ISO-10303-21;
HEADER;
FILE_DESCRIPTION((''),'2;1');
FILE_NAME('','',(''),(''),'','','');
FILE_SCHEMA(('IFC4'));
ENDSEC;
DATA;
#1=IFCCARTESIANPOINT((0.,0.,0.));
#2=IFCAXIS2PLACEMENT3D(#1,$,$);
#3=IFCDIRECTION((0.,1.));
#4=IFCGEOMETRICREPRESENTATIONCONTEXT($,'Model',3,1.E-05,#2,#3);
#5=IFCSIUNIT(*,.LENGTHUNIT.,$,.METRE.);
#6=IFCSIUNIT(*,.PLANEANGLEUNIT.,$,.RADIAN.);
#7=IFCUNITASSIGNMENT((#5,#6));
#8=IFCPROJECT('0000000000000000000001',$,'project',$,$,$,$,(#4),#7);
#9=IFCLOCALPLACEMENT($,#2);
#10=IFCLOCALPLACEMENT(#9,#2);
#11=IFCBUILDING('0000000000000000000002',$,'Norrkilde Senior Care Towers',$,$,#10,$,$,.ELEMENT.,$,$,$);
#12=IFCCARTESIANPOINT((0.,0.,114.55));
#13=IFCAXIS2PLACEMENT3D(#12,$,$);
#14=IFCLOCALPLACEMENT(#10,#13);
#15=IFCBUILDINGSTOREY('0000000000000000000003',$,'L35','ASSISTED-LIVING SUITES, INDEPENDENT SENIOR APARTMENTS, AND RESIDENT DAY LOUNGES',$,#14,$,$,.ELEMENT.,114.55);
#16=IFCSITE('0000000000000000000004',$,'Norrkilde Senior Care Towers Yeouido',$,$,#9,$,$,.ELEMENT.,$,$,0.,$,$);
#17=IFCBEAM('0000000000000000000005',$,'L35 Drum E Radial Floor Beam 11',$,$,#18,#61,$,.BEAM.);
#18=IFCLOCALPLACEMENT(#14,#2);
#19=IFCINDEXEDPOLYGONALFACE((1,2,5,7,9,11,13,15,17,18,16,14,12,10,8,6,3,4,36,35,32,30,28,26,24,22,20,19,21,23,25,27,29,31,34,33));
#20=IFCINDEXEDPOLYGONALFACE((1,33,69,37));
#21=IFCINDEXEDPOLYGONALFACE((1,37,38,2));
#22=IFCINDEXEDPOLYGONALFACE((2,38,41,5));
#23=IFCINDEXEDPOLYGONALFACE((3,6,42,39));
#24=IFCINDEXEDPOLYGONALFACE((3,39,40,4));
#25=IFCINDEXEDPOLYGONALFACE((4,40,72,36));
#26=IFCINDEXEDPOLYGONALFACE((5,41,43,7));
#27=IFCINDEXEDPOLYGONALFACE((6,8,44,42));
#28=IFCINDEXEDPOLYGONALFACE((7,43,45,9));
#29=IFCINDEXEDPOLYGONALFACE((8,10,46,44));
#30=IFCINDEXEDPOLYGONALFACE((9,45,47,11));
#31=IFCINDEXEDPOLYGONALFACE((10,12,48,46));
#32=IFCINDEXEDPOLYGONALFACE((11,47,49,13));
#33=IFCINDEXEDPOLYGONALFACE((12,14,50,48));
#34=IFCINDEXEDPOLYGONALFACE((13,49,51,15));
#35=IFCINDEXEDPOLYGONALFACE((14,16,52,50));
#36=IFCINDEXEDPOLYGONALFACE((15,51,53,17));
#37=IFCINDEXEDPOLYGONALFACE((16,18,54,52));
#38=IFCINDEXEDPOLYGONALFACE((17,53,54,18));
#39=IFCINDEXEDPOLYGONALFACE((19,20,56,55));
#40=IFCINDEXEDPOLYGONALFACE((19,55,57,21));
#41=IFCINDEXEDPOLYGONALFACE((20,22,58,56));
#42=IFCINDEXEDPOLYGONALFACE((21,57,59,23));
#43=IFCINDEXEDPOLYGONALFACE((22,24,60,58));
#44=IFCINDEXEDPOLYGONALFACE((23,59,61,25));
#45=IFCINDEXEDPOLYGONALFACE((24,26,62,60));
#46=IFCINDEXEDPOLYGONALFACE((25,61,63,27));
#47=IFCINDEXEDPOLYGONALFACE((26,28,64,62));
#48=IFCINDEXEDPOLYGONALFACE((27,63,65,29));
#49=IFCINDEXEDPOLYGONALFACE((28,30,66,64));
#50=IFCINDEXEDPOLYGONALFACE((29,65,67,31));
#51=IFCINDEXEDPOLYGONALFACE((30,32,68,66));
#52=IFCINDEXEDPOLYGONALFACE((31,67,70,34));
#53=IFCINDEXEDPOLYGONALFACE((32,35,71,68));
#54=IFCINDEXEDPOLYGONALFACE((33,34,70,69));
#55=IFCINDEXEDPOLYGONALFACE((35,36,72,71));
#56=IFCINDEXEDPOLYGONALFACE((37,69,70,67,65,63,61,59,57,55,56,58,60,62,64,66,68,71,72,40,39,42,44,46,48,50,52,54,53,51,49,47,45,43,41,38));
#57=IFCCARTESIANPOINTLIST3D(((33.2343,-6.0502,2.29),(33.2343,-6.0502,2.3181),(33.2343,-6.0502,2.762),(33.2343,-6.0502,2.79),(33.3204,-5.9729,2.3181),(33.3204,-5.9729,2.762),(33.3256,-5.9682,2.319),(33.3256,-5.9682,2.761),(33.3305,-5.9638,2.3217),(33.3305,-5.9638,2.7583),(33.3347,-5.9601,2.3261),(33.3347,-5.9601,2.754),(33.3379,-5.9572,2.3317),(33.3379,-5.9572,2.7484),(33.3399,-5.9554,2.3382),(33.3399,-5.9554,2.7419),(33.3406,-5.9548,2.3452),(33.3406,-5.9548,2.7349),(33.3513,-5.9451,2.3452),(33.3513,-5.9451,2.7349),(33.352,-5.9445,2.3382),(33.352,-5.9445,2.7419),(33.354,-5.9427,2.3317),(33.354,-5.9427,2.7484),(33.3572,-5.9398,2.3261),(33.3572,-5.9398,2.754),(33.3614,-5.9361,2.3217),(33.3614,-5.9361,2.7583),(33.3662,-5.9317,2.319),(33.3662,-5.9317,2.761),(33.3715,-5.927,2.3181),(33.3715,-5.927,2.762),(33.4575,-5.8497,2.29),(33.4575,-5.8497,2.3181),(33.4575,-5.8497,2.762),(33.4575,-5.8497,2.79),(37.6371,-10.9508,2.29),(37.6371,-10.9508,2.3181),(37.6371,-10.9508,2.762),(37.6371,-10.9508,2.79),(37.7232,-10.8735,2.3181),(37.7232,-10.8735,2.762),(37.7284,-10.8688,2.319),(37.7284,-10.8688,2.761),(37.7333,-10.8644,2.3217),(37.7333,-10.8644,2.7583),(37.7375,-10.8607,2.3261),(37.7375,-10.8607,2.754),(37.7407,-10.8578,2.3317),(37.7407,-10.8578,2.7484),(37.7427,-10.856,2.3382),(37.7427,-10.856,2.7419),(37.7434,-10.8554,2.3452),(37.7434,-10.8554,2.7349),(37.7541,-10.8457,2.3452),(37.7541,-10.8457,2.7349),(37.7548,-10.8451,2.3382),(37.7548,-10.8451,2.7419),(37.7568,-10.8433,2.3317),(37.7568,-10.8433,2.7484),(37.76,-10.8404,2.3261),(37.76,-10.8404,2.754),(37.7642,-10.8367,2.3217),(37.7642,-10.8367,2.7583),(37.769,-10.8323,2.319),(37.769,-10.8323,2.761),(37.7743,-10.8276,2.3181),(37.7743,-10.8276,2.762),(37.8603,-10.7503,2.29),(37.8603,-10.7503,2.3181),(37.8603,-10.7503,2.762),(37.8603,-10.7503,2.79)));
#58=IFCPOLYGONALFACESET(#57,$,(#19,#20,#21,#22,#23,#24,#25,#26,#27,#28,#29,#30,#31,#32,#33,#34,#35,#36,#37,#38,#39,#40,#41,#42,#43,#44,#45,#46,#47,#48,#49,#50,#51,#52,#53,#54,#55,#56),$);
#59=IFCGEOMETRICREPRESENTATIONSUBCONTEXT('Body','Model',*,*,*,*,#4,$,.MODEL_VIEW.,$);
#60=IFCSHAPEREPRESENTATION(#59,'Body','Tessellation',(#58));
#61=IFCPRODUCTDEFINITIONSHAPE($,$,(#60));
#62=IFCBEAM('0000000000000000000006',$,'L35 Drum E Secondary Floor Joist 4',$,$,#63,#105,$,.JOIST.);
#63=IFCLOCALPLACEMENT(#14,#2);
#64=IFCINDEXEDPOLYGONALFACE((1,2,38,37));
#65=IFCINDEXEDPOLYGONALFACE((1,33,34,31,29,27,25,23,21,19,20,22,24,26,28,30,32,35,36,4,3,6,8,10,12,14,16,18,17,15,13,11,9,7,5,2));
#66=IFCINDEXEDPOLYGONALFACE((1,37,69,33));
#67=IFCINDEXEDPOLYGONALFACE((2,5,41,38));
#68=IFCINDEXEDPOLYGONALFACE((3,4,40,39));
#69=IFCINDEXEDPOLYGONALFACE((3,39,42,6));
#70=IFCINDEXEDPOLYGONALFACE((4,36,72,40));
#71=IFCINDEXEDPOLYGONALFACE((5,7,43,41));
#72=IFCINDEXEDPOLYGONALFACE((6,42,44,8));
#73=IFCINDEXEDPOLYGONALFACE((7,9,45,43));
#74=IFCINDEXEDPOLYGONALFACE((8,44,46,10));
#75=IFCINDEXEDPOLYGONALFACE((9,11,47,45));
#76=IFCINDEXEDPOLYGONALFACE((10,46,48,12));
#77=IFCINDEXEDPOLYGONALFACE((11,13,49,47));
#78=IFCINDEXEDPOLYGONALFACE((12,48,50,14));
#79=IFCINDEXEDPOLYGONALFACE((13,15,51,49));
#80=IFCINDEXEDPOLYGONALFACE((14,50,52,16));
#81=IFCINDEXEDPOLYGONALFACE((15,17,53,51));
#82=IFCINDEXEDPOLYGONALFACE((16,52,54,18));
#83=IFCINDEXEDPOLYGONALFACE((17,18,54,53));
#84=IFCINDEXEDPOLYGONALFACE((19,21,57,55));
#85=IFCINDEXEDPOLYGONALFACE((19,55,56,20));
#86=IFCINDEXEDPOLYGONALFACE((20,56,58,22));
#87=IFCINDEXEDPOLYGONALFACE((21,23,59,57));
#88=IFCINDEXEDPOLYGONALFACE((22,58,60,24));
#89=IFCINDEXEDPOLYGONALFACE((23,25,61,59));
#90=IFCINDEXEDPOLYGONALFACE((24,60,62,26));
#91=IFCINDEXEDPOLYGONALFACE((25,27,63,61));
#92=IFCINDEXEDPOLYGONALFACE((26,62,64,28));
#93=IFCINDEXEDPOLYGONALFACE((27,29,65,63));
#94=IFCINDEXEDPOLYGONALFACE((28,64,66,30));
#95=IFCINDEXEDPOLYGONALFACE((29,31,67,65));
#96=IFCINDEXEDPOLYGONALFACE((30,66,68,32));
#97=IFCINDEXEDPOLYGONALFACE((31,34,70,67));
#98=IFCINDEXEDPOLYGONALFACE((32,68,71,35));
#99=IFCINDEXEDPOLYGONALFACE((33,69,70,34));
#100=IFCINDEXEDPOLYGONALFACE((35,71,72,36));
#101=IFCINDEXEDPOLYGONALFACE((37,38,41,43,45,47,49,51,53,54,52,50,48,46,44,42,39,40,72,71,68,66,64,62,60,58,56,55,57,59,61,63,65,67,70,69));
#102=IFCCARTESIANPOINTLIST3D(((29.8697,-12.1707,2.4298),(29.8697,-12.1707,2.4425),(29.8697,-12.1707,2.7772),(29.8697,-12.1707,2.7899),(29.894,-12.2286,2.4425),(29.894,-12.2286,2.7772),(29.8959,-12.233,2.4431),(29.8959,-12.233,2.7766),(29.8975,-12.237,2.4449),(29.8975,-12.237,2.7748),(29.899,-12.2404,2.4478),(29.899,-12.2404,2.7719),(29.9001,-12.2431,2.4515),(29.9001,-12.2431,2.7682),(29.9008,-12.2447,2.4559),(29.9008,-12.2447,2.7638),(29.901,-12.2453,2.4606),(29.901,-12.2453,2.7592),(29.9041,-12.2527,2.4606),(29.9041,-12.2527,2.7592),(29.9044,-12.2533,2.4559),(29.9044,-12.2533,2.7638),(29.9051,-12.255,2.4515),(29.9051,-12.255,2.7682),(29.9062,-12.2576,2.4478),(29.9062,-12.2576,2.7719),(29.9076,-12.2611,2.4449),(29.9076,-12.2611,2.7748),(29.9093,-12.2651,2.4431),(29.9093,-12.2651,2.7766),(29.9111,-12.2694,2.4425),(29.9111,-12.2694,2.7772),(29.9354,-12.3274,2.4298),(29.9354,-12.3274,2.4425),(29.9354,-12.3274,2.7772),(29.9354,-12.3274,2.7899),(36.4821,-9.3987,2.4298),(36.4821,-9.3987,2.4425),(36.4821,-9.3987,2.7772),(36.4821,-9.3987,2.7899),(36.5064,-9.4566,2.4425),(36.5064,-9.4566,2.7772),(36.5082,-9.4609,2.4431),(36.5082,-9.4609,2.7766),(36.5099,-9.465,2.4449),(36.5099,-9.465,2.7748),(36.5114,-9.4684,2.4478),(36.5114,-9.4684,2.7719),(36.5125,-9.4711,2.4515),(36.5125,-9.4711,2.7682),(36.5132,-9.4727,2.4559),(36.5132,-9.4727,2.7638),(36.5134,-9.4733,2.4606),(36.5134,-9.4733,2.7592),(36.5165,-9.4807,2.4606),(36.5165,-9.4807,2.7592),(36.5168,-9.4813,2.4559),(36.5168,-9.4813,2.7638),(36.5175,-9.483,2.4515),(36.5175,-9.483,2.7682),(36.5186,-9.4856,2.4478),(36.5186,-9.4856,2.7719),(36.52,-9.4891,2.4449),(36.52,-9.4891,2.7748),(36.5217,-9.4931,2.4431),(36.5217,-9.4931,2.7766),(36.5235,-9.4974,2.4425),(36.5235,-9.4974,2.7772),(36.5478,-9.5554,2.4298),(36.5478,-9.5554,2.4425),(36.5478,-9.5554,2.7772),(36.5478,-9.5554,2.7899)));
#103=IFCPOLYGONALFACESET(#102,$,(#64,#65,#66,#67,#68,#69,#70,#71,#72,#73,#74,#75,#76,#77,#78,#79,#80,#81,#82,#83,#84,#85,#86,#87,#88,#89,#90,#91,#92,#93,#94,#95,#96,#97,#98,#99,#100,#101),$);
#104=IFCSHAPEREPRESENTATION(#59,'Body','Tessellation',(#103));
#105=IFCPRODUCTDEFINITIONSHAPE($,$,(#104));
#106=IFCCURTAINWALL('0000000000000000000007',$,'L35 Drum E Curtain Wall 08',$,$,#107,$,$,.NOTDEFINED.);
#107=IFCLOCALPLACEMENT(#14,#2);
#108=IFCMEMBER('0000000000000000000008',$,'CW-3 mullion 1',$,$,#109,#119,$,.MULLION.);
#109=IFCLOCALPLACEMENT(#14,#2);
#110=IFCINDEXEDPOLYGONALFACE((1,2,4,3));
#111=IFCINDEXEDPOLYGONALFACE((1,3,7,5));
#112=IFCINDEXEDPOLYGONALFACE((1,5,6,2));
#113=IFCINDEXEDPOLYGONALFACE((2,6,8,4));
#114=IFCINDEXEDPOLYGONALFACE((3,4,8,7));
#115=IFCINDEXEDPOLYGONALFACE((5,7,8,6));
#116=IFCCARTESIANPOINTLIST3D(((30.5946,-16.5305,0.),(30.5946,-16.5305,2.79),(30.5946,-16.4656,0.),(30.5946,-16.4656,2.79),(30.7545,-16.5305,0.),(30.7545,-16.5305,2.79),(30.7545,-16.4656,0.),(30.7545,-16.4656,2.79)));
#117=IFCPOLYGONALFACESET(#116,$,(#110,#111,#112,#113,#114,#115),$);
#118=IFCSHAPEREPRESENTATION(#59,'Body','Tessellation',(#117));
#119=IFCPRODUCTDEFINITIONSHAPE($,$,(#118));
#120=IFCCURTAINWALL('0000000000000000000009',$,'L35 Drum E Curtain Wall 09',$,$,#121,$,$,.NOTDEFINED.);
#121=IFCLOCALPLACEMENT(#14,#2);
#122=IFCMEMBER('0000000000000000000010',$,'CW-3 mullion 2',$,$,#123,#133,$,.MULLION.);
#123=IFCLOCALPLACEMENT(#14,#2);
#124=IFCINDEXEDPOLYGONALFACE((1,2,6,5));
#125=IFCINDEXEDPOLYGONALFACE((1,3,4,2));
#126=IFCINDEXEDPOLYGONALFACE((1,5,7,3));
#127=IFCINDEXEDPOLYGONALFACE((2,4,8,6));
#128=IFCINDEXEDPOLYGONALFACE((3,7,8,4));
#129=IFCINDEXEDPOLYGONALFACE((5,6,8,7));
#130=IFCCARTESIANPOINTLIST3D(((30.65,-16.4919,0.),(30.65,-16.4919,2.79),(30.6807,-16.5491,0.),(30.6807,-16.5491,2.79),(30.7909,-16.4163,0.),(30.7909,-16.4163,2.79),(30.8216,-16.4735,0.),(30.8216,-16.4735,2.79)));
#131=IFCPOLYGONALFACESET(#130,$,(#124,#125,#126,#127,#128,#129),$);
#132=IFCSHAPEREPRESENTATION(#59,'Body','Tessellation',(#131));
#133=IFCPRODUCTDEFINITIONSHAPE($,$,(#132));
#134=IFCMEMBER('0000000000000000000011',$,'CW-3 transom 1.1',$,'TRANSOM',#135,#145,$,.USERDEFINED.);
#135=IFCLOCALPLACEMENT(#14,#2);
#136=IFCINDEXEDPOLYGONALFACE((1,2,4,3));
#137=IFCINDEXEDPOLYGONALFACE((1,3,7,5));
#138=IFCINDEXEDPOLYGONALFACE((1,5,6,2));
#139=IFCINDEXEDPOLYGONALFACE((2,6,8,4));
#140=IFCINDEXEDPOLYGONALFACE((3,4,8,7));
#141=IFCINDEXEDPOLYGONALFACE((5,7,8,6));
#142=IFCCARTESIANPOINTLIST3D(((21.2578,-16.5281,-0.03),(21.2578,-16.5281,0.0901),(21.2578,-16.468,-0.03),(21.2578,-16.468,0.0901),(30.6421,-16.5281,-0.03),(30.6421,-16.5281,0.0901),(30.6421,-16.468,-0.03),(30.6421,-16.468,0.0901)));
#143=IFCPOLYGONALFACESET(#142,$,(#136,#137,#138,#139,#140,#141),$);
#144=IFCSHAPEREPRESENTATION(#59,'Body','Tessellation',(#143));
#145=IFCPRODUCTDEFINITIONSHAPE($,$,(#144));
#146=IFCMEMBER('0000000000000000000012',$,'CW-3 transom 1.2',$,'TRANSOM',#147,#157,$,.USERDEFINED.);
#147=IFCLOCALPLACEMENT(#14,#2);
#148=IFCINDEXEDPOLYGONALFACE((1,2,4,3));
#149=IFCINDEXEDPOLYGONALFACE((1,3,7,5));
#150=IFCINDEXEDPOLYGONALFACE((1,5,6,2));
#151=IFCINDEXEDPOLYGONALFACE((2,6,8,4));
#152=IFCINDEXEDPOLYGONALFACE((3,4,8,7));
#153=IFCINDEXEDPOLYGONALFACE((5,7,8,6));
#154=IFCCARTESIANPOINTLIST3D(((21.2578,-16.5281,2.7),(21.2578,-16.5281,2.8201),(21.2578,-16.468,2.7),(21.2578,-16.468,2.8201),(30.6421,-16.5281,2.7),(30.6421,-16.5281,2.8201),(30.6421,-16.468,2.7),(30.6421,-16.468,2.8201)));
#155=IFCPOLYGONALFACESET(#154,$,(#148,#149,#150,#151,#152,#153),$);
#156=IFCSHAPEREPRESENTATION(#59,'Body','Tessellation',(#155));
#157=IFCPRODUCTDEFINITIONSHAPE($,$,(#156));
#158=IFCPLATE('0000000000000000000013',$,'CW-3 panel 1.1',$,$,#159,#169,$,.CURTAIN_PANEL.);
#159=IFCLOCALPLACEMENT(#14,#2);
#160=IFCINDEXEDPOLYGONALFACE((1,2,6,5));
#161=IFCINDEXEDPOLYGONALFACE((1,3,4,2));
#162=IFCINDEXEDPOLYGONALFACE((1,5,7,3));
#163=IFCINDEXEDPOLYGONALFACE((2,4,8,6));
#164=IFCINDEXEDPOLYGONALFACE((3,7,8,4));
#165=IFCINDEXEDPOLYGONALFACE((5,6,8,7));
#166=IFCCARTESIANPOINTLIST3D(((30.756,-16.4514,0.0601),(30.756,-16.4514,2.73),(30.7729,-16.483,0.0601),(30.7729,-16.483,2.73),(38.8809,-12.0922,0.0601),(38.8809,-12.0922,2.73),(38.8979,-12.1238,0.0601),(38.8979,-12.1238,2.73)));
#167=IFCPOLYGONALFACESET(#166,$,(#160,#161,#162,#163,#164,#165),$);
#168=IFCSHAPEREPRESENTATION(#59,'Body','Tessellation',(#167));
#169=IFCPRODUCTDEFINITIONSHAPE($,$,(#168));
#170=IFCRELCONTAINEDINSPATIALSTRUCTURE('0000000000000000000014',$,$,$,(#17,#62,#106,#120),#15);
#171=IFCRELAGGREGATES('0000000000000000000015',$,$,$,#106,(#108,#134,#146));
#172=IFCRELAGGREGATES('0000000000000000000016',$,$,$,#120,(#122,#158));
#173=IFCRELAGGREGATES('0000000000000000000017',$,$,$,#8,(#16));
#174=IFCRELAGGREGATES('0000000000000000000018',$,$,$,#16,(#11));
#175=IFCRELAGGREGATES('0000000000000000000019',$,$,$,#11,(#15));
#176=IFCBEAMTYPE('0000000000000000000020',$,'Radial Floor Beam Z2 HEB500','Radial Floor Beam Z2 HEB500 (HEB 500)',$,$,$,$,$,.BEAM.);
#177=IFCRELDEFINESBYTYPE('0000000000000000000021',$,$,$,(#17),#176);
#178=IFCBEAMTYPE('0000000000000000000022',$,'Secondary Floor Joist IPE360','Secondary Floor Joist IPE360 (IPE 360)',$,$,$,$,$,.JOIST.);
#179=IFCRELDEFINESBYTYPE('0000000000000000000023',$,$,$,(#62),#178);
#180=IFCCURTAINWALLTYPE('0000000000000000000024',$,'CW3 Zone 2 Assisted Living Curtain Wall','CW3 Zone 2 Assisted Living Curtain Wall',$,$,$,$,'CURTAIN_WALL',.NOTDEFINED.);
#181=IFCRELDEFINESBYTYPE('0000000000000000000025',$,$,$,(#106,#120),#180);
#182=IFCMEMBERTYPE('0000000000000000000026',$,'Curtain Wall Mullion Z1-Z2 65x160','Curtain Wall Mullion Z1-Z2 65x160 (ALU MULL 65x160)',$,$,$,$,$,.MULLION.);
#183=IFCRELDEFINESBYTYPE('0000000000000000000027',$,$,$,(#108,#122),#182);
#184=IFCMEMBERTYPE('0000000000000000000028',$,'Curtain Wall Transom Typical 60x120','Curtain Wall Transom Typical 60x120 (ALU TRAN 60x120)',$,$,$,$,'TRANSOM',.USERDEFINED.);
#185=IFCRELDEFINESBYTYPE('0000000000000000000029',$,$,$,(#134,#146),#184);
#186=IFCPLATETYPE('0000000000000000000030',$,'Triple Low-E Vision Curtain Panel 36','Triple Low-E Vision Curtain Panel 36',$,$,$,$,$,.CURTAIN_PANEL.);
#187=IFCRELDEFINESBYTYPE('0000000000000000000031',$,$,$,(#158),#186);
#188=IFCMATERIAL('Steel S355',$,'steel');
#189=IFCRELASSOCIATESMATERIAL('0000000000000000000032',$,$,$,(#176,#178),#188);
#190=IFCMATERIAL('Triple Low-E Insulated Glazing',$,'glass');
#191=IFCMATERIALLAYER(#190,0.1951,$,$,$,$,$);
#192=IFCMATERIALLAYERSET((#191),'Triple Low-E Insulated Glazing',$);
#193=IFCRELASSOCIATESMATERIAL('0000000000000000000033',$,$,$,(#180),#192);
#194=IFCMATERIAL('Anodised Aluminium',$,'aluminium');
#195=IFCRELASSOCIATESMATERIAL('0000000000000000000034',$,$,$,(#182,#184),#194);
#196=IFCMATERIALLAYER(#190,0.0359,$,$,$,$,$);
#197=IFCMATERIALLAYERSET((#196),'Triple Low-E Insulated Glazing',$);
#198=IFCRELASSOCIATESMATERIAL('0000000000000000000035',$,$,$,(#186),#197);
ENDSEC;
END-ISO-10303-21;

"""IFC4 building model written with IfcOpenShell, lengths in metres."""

from ifc_helpers import new_model, si_unit, direction, frame, origin, origin_2d, place, context, subcontext, project, spatial, rectangle, i_section, extrude, source, transform, mapped, material, layer, layer_set, material_profile, profile_set, type_object, type_shapes, element, aggregate, save


model = new_model("IFC4")

# Units and contexts
model_context = context("Model", 3, precision=1e-05, world=origin(), true_north=direction((0.0, 1.0)))
body_context = subcontext(model_context, "Body", "Model", "MODEL_VIEW")
ifc_project = project(units=[si_unit("LENGTHUNIT", "METRE"), si_unit("PLANEANGLEUNIT", "RADIAN")], contexts=[model_context])

# Site, building, storey
site_placement = place(None, origin())
site = spatial("IfcSite", under=ifc_project, at=site_placement, Name="Norrkilde Senior Care Towers Yeouido", CompositionType="ELEMENT", RefElevation=0.0)
building_placement = place(site_placement, origin())
building = spatial("IfcBuilding", under=site, at=building_placement, Name="Norrkilde Senior Care Towers", CompositionType="ELEMENT")
storey_placement = place(building_placement, frame((0.0, 0.0, 114.55)))
storey = spatial("IfcBuildingStorey", under=building, at=storey_placement, Name="L35", Description="ASSISTED-LIVING SUITES, INDEPENDENT SENIOR APARTMENTS, AND RESIDENT DAY LOUNGES", CompositionType="ELEMENT", Elevation=114.55)

# Beams
ifc_material_1 = material(Name="Steel S355", Category="steel")
ifc_material_profile_1 = material_profile(ifc_material_1, i_section(OverallWidth=0.3, OverallDepth=0.5, WebThickness=0.0144, FlangeThickness=0.0281, FilletRadius=0.0271, at=origin_2d()), Name="HEB 500")
ifc_profile_set_1 = profile_set([ifc_material_profile_1], Name="Steel S355")
beam_type_1 = type_object("IfcBeamType", Name="Radial Floor Beam Z2 HEB500", Description="Radial Floor Beam Z2 HEB500 (HEB 500)", PredefinedType="BEAM", material=ifc_profile_set_1)
shared_shape_1 = source(origin(), body_context, "Body", "SweptSolid", [
    extrude(i_section(OverallWidth=0.3, OverallDepth=0.5, WebThickness=0.0144, FlangeThickness=0.0281, FilletRadius=0.0271, at=origin_2d()), origin(), (0.0, 0.0, 1.0), 6.5879),
])
beam_1_placement = place(storey_placement, frame((33.3459, -5.95, 2.54), z_axis=(0.668315, -0.743878, 0.0), x_axis=(0.743878, 0.668315, 0.0)))
element("IfcBeam", 1, at=beam_1_placement, inside=storey, type_object=beam_type_1, Name="L35 Drum E Radial Floor Beam 11", PredefinedType="BEAM", context=body_context, shape_type="MappedRepresentation", body=[
    mapped(shared_shape_1, transform((0.0, 0.0, 0.0), x_axis=(1.0, 0.0, 0.0), y_axis=(0.0, 1.0, 0.0), z_axis=(0.0, 0.0, 1.0), scale=1.0)),
])
ifc_material_profile_2 = material_profile(ifc_material_1, i_section(OverallWidth=0.1699, OverallDepth=0.3601, WebThickness=0.0081, FlangeThickness=0.0127, FilletRadius=0.0181, at=origin_2d()), Name="IPE 360")
ifc_profile_set_2 = profile_set([ifc_material_profile_2], Name="Steel S355")
beam_type_2 = type_object("IfcBeamType", Name="Secondary Floor Joist IPE360", Description="Secondary Floor Joist IPE360 (IPE 360)", PredefinedType="JOIST", material=ifc_profile_set_2)
shared_shape_2 = source(origin(), body_context, "Body", "SweptSolid", [
    extrude(i_section(OverallWidth=0.1699, OverallDepth=0.3601, WebThickness=0.0081, FlangeThickness=0.0127, FilletRadius=0.0181, at=origin_2d()), origin(), (0.0, 0.0, 1.0), 7.1699),
])
type_shapes(beam_type_2, [shared_shape_2])
beam_2_placement = place(storey_placement, frame((29.9026, -12.249, 2.6099), z_axis=(0.922241, 0.386616, 0.0), x_axis=(-0.386616, 0.922241, 0.0)))
element("IfcBeam", 2, at=beam_2_placement, inside=storey, type_object=beam_type_2, Name="L35 Drum E Secondary Floor Joist 4", PredefinedType="JOIST", context=body_context, shape_type="MappedRepresentation", body=[
    mapped(shared_shape_2, transform((0.0, 0.0, 0.0), x_axis=(1.0, 0.0, 0.0), y_axis=(0.0, 1.0, 0.0), z_axis=(0.0, 0.0, 1.0), scale=1.0)),
])

# Curtain walls, members
ifc_material_2 = material(Name="Triple Low-E Insulated Glazing", Category="glass")
ifc_layer_1 = layer(ifc_material_2, 0.1951)
ifc_layer_set_1 = layer_set([ifc_layer_1], Name="Triple Low-E Insulated Glazing")
curtain_wall_type = type_object("IfcCurtainWallType", Name="CW3 Zone 2 Assisted Living Curtain Wall", Description="CW3 Zone 2 Assisted Living Curtain Wall", ElementType="CURTAIN_WALL", PredefinedType="NOTDEFINED", material=ifc_layer_set_1)
curtain_wall_1_placement = place(storey_placement, origin())
curtain_wall_1 = element("IfcCurtainWall", 3, at=curtain_wall_1_placement, inside=storey, type_object=curtain_wall_type, Name="L35 Drum E Curtain Wall 08", PredefinedType="NOTDEFINED")
ifc_material_3 = material(Name="Anodised Aluminium", Category="aluminium")
ifc_material_profile_3 = material_profile(ifc_material_3, rectangle(XDim=0.0649, YDim=0.1599, at=origin_2d()), Name="ALU MULL 65x160")
ifc_profile_set_3 = profile_set([ifc_material_profile_3], Name="Anodised Aluminium")
member_type_1 = type_object("IfcMemberType", Name="Curtain Wall Mullion Z1-Z2 65x160", Description="Curtain Wall Mullion Z1-Z2 65x160 (ALU MULL 65x160)", PredefinedType="MULLION", material=ifc_profile_set_3)
shared_shape_3 = source(origin(), body_context, "Body", "SweptSolid", [
    extrude(rectangle(XDim=0.0649, YDim=0.1599, at=origin_2d()), origin(), (0.0, 0.0, 1.0), 2.79),
])
type_shapes(member_type_1, [shared_shape_3])
member_1_placement = place(storey_placement, frame((30.6746, -16.498, 0.0), z_axis=(0.0, 0.0, 1.0), x_axis=(0.0, -1.0, 0.0)))
member_1 = element("IfcMember", 4, at=member_1_placement, type_object=member_type_1, Name="CW-3 mullion 1", PredefinedType="MULLION", context=body_context, shape_type="MappedRepresentation", body=[
    mapped(shared_shape_3, transform((0.0, 0.0, 0.0), x_axis=(1.0, 0.0, 0.0), y_axis=(0.0, 1.0, 0.0), z_axis=(0.0, 0.0, 1.0), scale=1.0)),
])
curtain_wall_2_placement = place(storey_placement, origin())
curtain_wall_2 = element("IfcCurtainWall", 5, at=curtain_wall_2_placement, inside=storey, type_object=curtain_wall_type, Name="L35 Drum E Curtain Wall 09", PredefinedType="NOTDEFINED")
member_2_placement = place(storey_placement, frame((30.7358, -16.4827, 0.0), z_axis=(0.0, 0.0, 1.0), x_axis=(0.472769, -0.881186, 0.0)))
member_2 = element("IfcMember", 6, at=member_2_placement, type_object=member_type_1, Name="CW-3 mullion 2", PredefinedType="MULLION", context=body_context, shape_type="MappedRepresentation", body=[
    mapped(shared_shape_3, transform((0.0, 0.0, 0.0), x_axis=(1.0, 0.0, 0.0), y_axis=(0.0, 1.0, 0.0), z_axis=(0.0, 0.0, 1.0), scale=1.0)),
])

# Members
ifc_material_profile_4 = material_profile(ifc_material_3, rectangle(XDim=0.0601, YDim=0.1201, at=origin_2d()), Name="ALU TRAN 60x120")
ifc_profile_set_4 = profile_set([ifc_material_profile_4], Name="Anodised Aluminium")
member_type_2 = type_object("IfcMemberType", Name="Curtain Wall Transom Typical 60x120", Description="Curtain Wall Transom Typical 60x120 (ALU TRAN 60x120)", ElementType="TRANSOM", PredefinedType="USERDEFINED", material=ifc_profile_set_4)
shared_shape_4 = source(origin(), body_context, "Body", "SweptSolid", [
    extrude(rectangle(XDim=0.0601, YDim=0.1201, at=origin_2d()), origin(), (0.0, 0.0, 1.0), 9.3843),
])
type_shapes(member_type_2, [shared_shape_4])
member_3_placement = place(storey_placement, frame((30.6421, -16.498, 0.03), z_axis=(-1.0, 0.0, 0.0), x_axis=(0.0, -1.0, 0.0)))
member_3 = element("IfcMember", 7, at=member_3_placement, type_object=member_type_2, Name="CW-3 transom 1.1", ObjectType="TRANSOM", PredefinedType="USERDEFINED", context=body_context, shape_type="MappedRepresentation", body=[
    mapped(shared_shape_4, transform((0.0, 0.0, 0.0), x_axis=(1.0, 0.0, 0.0), y_axis=(0.0, 1.0, 0.0), z_axis=(0.0, 0.0, 1.0), scale=1.0)),
])
member_4_placement = place(storey_placement, frame((30.6421, -16.498, 2.76), z_axis=(-1.0, 0.0, 0.0), x_axis=(0.0, -1.0, 0.0)))
member_4 = element("IfcMember", 8, at=member_4_placement, type_object=member_type_2, Name="CW-3 transom 1.2", ObjectType="TRANSOM", PredefinedType="USERDEFINED", context=body_context, shape_type="MappedRepresentation", body=[
    mapped(shared_shape_4, transform((0.0, 0.0, 0.0), x_axis=(1.0, 0.0, 0.0), y_axis=(0.0, 1.0, 0.0), z_axis=(0.0, 0.0, 1.0), scale=1.0)),
])
aggregate(curtain_wall_1, [member_1, member_3, member_4])

# Plate
ifc_layer_2 = layer(ifc_material_2, 0.0359)
ifc_layer_set_2 = layer_set([ifc_layer_2], Name="Triple Low-E Insulated Glazing")
plate_type = type_object("IfcPlateType", Name="Triple Low-E Vision Curtain Panel 36", Description="Triple Low-E Vision Curtain Panel 36", PredefinedType="CURTAIN_PANEL", material=ifc_layer_set_2)
shared_shape_5 = source(origin(), body_context, "Body", "SweptSolid", [
    extrude(rectangle(XDim=9.2205, YDim=0.0359, at=origin_2d()), origin(), (0.0, 0.0, 1.0), 2.6699),
])
type_shapes(plate_type, [shared_shape_5])
plate_placement = place(storey_placement, frame((34.8269, -14.2876, 0.0601), z_axis=(0.0, 0.0, 1.0), x_axis=(-0.881186, -0.472769, 0.0)))
plate = element("IfcPlate", 9, at=plate_placement, type_object=plate_type, Name="CW-3 panel 1.1", PredefinedType="CURTAIN_PANEL", context=body_context, shape_type="MappedRepresentation", body=[
    mapped(shared_shape_5, transform((0.0, 0.0, 0.0), x_axis=(1.0, 0.0, 0.0), y_axis=(0.0, 1.0, 0.0), z_axis=(0.0, 0.0, 1.0), scale=1.0)),
])
aggregate(curtain_wall_2, [member_2, plate])

save(model, "model.ifc")
